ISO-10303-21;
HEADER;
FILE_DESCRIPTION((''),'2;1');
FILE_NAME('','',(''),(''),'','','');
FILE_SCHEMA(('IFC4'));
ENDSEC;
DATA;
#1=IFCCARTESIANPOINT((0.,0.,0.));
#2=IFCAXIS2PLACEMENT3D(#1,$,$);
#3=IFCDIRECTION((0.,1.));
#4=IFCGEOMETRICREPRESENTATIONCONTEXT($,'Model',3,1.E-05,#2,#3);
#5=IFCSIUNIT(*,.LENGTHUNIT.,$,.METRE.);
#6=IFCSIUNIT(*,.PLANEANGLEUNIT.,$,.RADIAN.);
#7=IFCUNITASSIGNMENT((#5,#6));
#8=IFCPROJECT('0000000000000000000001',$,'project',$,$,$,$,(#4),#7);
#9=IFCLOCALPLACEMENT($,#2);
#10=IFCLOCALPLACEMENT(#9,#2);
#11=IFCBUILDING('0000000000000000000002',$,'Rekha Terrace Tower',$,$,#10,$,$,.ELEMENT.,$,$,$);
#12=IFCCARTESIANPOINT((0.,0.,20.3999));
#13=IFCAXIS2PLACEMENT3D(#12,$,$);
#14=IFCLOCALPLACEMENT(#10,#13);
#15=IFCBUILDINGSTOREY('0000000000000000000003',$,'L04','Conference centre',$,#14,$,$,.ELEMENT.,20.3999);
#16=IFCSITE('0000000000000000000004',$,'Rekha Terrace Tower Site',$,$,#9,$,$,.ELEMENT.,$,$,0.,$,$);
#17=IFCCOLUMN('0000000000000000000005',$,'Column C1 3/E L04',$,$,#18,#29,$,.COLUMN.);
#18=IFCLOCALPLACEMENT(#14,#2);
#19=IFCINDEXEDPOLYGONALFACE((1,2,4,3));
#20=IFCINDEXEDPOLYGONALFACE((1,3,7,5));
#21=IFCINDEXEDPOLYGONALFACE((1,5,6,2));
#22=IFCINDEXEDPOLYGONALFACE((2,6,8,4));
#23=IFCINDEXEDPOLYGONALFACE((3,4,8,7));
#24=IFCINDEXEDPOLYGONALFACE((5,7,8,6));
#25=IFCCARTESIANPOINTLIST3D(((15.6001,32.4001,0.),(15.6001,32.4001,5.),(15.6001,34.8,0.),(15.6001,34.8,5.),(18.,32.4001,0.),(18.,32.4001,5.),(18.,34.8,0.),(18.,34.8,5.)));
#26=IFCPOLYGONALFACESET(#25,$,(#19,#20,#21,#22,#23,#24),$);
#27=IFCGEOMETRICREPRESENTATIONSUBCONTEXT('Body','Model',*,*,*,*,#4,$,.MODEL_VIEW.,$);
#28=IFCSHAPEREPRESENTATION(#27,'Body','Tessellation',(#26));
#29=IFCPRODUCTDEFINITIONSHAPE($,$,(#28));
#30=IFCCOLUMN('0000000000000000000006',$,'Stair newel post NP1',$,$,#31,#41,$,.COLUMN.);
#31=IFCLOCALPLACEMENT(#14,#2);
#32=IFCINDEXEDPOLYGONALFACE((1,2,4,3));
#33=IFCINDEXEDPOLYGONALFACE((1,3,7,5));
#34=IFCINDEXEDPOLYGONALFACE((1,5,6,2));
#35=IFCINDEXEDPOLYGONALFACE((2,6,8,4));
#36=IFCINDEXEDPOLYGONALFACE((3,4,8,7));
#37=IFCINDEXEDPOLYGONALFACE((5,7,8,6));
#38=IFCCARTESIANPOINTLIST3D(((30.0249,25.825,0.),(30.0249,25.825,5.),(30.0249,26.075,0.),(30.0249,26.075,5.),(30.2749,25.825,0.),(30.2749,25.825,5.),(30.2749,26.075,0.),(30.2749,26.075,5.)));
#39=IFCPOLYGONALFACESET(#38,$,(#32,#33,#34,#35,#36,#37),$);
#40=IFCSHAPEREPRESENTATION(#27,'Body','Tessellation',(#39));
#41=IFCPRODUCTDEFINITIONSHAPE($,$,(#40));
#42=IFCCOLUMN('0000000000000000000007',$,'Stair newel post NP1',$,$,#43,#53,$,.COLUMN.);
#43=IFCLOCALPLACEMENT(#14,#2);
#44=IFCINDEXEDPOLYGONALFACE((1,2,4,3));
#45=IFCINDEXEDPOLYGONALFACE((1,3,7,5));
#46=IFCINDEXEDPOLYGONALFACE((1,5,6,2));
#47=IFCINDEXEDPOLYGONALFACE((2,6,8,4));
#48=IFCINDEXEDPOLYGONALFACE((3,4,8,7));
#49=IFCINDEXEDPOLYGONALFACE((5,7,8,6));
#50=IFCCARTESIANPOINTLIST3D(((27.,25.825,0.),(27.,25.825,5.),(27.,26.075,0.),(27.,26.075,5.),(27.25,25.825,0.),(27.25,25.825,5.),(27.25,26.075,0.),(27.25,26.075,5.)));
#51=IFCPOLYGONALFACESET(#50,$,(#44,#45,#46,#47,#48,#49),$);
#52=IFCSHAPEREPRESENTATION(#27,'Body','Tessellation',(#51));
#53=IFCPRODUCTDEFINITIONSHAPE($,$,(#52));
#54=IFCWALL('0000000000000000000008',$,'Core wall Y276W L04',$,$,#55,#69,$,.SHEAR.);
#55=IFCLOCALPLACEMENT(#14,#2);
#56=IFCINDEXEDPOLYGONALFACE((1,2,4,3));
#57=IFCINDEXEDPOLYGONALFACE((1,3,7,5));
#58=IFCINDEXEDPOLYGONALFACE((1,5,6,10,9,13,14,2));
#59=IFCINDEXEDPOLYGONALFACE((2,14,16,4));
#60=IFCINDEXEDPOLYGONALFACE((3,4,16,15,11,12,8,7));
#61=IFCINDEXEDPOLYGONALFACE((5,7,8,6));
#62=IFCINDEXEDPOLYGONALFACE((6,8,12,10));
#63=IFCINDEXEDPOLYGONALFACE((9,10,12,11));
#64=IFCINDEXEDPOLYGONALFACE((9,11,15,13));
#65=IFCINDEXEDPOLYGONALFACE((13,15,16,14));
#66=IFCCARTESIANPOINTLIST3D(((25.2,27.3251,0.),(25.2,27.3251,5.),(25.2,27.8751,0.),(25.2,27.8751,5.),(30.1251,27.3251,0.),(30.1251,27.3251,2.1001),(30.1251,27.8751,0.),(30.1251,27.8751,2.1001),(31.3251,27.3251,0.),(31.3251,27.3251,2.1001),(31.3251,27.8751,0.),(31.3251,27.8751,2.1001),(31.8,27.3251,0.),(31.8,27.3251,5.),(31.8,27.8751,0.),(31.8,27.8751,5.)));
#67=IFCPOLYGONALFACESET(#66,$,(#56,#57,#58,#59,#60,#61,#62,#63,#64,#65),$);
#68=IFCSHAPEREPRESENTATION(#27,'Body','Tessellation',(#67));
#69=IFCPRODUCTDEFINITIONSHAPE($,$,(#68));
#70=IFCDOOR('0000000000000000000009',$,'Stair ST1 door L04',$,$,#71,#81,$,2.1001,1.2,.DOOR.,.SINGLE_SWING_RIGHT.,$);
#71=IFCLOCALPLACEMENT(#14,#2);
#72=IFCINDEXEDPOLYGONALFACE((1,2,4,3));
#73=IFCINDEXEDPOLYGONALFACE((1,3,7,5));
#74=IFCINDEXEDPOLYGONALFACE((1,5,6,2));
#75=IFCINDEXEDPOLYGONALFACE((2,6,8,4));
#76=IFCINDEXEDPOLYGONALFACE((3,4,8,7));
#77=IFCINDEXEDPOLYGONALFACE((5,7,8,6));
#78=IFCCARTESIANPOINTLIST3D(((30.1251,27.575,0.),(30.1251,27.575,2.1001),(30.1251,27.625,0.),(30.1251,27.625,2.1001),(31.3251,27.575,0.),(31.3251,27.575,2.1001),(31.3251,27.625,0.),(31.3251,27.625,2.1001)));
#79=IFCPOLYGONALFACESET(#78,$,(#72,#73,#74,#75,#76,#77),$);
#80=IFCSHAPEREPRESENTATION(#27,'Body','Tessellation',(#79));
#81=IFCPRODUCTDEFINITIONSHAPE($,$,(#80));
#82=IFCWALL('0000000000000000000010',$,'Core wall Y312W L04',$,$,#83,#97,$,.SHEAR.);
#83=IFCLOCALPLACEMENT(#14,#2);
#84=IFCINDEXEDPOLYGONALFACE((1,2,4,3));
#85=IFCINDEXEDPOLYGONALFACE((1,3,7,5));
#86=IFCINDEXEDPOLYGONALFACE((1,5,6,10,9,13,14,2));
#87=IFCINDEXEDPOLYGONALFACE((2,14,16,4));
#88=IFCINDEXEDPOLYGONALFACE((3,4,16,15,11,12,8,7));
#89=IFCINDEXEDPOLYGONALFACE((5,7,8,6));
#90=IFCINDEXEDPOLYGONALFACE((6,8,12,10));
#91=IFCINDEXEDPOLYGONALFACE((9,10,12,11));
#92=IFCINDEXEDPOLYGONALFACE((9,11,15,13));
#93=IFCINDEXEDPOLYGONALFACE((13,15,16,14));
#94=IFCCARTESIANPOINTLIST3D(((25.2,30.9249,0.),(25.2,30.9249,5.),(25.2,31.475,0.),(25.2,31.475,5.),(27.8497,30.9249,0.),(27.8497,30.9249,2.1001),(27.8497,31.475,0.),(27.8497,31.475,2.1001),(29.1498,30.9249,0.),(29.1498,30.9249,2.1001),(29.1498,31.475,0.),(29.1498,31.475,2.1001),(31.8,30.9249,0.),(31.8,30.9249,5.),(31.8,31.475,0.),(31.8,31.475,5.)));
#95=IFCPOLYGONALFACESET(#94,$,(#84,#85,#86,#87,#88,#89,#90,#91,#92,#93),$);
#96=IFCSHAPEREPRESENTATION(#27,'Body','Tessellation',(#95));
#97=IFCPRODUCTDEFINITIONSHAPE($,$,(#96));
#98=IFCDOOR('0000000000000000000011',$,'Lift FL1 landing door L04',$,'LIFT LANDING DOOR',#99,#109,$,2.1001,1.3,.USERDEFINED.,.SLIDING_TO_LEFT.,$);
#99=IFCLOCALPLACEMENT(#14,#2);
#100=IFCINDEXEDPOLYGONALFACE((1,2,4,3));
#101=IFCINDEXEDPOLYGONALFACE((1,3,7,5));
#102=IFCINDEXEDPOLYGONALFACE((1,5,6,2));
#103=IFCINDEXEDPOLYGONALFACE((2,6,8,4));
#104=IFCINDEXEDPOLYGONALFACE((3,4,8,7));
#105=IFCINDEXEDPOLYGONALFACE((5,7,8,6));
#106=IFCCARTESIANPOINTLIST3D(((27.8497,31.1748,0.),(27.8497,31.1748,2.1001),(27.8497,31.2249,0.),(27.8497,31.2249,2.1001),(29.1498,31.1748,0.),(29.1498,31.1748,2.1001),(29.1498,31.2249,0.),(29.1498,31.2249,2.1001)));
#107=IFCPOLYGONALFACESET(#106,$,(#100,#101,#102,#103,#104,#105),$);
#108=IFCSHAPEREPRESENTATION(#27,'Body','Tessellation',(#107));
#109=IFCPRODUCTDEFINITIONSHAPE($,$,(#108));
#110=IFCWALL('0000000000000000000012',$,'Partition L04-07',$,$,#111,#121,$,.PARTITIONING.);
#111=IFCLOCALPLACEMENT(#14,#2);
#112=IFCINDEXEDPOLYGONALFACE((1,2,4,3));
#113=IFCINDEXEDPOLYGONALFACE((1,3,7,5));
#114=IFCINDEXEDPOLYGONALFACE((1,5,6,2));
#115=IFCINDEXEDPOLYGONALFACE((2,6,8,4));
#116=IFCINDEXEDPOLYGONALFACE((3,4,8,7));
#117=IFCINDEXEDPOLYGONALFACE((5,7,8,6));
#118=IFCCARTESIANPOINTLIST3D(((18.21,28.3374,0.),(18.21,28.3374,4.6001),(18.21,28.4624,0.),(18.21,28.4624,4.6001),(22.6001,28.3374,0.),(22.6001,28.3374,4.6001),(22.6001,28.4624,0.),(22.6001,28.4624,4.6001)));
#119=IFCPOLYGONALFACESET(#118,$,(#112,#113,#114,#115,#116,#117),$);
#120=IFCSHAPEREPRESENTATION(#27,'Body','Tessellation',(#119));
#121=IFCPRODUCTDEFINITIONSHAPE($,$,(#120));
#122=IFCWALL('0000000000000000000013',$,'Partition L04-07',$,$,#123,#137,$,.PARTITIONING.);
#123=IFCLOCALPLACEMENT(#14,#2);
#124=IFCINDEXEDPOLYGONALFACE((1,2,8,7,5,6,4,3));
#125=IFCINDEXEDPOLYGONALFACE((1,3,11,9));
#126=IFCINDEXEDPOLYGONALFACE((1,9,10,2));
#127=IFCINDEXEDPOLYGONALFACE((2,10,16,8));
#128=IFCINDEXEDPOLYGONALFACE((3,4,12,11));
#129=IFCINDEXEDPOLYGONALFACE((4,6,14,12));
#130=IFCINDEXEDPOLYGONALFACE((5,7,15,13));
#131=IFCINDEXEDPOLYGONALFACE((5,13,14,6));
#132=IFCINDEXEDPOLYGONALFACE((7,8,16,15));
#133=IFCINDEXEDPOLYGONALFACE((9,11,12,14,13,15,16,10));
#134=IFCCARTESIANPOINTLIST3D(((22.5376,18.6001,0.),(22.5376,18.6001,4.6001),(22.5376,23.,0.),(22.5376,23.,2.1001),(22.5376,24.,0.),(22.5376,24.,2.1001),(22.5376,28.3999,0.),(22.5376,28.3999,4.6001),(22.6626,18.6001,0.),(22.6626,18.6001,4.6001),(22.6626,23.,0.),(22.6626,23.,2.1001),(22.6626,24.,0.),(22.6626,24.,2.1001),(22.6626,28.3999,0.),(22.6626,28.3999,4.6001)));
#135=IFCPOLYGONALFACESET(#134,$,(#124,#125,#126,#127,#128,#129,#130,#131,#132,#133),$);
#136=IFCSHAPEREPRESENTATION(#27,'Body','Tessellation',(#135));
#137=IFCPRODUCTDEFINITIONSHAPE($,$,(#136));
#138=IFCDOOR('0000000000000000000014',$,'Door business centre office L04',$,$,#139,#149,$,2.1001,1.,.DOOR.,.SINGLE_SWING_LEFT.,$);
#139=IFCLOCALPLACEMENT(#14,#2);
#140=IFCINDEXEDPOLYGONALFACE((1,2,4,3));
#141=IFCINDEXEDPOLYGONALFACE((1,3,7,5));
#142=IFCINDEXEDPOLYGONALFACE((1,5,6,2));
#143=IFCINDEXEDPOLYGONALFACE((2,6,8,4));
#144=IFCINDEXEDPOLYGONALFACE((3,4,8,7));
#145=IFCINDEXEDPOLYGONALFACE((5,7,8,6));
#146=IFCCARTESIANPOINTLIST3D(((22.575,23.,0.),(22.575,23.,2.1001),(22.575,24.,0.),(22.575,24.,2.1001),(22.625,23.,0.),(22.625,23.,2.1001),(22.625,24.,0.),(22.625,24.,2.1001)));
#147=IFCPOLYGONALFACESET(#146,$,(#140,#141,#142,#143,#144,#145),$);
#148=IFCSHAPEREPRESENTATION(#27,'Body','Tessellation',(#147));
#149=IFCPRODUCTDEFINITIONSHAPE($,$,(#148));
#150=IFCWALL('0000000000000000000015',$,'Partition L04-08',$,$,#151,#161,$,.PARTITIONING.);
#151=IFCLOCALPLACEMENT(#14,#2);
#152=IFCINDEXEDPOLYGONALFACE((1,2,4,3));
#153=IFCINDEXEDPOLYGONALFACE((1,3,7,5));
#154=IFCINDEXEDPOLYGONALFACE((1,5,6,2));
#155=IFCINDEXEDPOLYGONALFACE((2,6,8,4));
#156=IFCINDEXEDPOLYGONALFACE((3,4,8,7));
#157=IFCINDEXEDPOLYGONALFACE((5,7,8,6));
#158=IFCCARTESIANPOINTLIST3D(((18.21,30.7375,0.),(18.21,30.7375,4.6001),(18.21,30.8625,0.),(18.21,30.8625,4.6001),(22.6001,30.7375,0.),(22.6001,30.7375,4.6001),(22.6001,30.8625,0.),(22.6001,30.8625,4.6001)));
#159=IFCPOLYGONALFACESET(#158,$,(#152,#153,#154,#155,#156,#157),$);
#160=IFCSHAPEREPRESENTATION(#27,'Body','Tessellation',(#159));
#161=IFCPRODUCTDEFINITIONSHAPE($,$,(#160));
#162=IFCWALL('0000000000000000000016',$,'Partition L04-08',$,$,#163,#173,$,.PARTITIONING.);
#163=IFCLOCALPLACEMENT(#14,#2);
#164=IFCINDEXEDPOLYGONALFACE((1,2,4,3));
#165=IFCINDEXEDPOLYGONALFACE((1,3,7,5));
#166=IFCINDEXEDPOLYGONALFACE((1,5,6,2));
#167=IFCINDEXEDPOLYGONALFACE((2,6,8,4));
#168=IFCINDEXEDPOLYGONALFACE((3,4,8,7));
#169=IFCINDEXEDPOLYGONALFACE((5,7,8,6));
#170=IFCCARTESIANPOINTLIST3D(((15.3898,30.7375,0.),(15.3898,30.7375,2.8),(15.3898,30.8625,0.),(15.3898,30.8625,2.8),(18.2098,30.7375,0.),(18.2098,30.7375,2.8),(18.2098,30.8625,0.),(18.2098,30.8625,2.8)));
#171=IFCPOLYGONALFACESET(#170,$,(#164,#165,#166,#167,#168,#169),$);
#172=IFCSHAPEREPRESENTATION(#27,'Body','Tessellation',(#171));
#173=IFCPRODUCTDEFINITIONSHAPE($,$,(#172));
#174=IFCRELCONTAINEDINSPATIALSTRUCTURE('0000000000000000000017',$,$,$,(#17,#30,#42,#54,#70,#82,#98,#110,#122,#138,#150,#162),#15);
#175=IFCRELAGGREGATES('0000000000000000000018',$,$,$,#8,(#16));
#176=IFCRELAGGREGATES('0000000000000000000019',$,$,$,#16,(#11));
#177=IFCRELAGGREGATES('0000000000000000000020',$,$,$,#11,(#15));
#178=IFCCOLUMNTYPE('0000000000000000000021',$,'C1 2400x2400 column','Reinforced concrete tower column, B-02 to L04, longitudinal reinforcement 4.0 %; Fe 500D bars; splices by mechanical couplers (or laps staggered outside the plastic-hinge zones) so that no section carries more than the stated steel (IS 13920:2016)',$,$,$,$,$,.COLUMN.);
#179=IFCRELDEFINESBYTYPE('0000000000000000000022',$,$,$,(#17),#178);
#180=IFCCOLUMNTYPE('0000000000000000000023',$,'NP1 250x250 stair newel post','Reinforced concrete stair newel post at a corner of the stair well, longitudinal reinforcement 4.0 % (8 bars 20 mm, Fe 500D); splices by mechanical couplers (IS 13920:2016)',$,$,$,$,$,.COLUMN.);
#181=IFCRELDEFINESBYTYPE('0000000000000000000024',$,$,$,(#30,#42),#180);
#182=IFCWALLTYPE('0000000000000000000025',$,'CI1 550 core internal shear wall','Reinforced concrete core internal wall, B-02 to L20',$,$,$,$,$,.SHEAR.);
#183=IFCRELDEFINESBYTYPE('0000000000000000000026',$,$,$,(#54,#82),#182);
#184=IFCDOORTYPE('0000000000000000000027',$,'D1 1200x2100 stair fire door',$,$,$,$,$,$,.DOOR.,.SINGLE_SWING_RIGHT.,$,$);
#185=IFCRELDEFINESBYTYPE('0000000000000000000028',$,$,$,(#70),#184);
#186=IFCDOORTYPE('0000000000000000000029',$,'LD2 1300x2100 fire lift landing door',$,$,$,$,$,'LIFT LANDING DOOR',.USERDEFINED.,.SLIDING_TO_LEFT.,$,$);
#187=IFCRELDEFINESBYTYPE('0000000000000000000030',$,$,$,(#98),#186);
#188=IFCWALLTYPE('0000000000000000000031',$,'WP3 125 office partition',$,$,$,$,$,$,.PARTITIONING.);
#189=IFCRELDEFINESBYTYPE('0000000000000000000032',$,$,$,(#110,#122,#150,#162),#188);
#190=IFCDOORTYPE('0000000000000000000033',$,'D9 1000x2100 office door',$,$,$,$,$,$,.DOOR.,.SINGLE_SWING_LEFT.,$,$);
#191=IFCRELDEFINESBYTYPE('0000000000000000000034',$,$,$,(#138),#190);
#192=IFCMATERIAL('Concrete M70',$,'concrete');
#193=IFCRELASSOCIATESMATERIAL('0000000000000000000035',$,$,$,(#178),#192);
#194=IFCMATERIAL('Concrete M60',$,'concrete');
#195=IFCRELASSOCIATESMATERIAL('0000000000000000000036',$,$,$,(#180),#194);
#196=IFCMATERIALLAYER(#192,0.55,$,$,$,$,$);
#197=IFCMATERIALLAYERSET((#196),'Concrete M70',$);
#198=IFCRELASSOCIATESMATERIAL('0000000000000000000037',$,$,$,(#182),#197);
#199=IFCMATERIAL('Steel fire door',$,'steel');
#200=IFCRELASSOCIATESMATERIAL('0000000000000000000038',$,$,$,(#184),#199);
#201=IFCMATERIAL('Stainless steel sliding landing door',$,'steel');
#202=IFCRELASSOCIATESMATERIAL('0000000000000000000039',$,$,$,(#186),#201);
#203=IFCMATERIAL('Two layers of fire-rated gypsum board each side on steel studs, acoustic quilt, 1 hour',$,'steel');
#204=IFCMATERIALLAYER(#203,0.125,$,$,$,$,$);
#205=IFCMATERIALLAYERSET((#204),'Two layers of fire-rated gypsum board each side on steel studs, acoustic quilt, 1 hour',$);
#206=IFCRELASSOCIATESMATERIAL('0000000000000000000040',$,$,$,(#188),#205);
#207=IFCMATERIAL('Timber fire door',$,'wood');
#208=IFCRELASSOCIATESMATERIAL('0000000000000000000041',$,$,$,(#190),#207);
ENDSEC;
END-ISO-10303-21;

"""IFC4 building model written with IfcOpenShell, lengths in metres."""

from ifc_helpers import new_model, si_unit, direction, frame, frame_2d, origin, origin_2d, place, context, subcontext, project, spatial, rectangle, extrude, material, layer, layer_set, material_profile, profile_set, type_object, element, fill, save


model = new_model("IFC4")

# Units and contexts
model_context = context("Model", 3, precision=1e-05, world=origin(), true_north=direction((0.0, 1.0)))
body_context = subcontext(model_context, "Body", "Model", "MODEL_VIEW")
ifc_project = project(units=[si_unit("LENGTHUNIT", "METRE"), si_unit("PLANEANGLEUNIT", "RADIAN")], contexts=[model_context])

# Site, building, storey
site_placement = place(None, origin())
site = spatial("IfcSite", under=ifc_project, at=site_placement, Name="Rekha Terrace Tower Site", CompositionType="ELEMENT", RefElevation=0.0)
building_placement = place(site_placement, origin())
building = spatial("IfcBuilding", under=site, at=building_placement, Name="Rekha Terrace Tower", CompositionType="ELEMENT")
storey_placement = place(building_placement, frame((0.0, 0.0, 20.3999)))
storey = spatial("IfcBuildingStorey", under=building, at=storey_placement, Name="L04", Description="Conference centre", CompositionType="ELEMENT", Elevation=20.3999)

# Columns
ifc_material_1 = material(Name="Concrete M70", Category="concrete")
ifc_material_profile_1 = material_profile(ifc_material_1, rectangle(XDim=2.3999, YDim=2.3999, at=origin_2d()), Name="RC 2400x2400")
ifc_profile_set_1 = profile_set([ifc_material_profile_1], Name="Concrete M70")
column_type_1 = type_object("IfcColumnType", Name="C1 2400x2400 column", Description="Reinforced concrete tower column, B-02 to L04, longitudinal reinforcement 4.0 %; Fe 500D bars; splices by mechanical couplers (or laps staggered outside the plastic-hinge zones) so that no section carries more than the stated steel (IS 13920:2016)", PredefinedType="COLUMN", material=ifc_profile_set_1)
column_placement = place(storey_placement, frame((16.8, 33.6001, 0.0), z_axis=(0.0, 0.0, 1.0), x_axis=(1.0, 0.0, 0.0)))
element("IfcColumn", 1, at=column_placement, inside=storey, type_object=column_type_1, Name="Column C1 3/E L04", PredefinedType="COLUMN", context=body_context, shape_type="SweptSolid", body=[
    extrude(rectangle(XDim=2.3999, YDim=2.3999, at=origin_2d()), origin(), (0.0, 0.0, 1.0), 5.0),
])
ifc_material_2 = material(Name="Concrete M60", Category="concrete")
ifc_material_profile_2 = material_profile(ifc_material_2, rectangle(XDim=0.25, YDim=0.25, at=origin_2d()), Name="RC 250x250")
ifc_profile_set_2 = profile_set([ifc_material_profile_2], Name="Concrete M60")
column_type_2 = type_object("IfcColumnType", Name="NP1 250x250 stair newel post", Description="Reinforced concrete stair newel post at a corner of the stair well, longitudinal reinforcement 4.0 % (8 bars 20 mm, Fe 500D); splices by mechanical couplers (IS 13920:2016)", PredefinedType="COLUMN", material=ifc_profile_set_2)
for number, where, z_axis, x_axis, name in (
    (2, (30.1499, 25.95, 0.0), (0.0, 0.0, 1.0), (1.0, 0.0, 0.0), "Stair newel post NP1"),
    (3, (27.125, 25.95, 0.0), (0.0, 0.0, 1.0), (1.0, 0.0, 0.0), "Stair newel post NP1"),
):
    element("IfcColumn", number, at=place(storey_placement, frame(where, z_axis=z_axis, x_axis=x_axis)), inside=storey, type_object=column_type_2, Name=name, PredefinedType="COLUMN", context=body_context, shape_type="SweptSolid", body=[
        extrude(rectangle(XDim=0.25, YDim=0.25, at=origin_2d()), origin(), (0.0, 0.0, 1.0), 5.0),
    ])

# Walls, openings, doors
ifc_layer_1 = layer(ifc_material_1, 0.55)
ifc_layer_set_1 = layer_set([ifc_layer_1], Name="Concrete M70")
wall_type_1 = type_object("IfcWallType", Name="CI1 550 core internal shear wall", Description="Reinforced concrete core internal wall, B-02 to L20", PredefinedType="SHEAR", material=ifc_layer_set_1)
wall_1_placement = place(storey_placement, frame((25.2, 27.6001, 0.0), z_axis=(0.0, 0.0, 1.0), x_axis=(1.0, 0.0, 0.0)))
wall_1 = element("IfcWall", 4, at=wall_1_placement, inside=storey, type_object=wall_type_1, Name="Core wall Y276W L04", PredefinedType="SHEAR", context=body_context, shape_type="SweptSolid", body=[
    extrude(rectangle(XDim=6.6001, YDim=0.55, at=frame_2d((3.3, 0.0))), origin(), (0.0, 0.0, 1.0), 5.0),
])
opening_1_placement = place(wall_1_placement, frame((4.925, 0.0, 0.0)))
opening_1 = element("IfcOpeningElement", 5, at=opening_1_placement, cuts=wall_1, PredefinedType="OPENING", context=body_context, shape_type="SweptSolid", body=[
    extrude(rectangle(XDim=1.2, YDim=2.1001, at=frame_2d((0.6001, 1.05))), frame((0.0, 0.2849, 0.0), z_axis=(0.0, -1.0, 0.0), x_axis=(1.0, 0.0, 0.0)), (0.0, 0.0, 1.0), 0.5701),
])
ifc_material_3 = material(Name="Steel fire door", Category="steel")
door_type_1 = type_object("IfcDoorType", Name="D1 1200x2100 stair fire door", OperationType="SINGLE_SWING_RIGHT", PredefinedType="DOOR", material=ifc_material_3)
door_1_placement = place(opening_1_placement, origin())
door_1 = element("IfcDoor", 6, at=door_1_placement, inside=storey, type_object=door_type_1, Name="Stair ST1 door L04", OperationType="SINGLE_SWING_RIGHT", OverallHeight=2.1001, OverallWidth=1.2, PredefinedType="DOOR", context=body_context, shape_type="SweptSolid", body=[
    extrude(rectangle(XDim=1.2, YDim=2.1001, at=frame_2d((0.6001, 1.05))), frame((0.0, 0.0249, 0.0), z_axis=(0.0, -1.0, 0.0), x_axis=(1.0, 0.0, 0.0)), (0.0, 0.0, 1.0), 0.05),
])
fill(opening_1, door_1)
wall_2_placement = place(storey_placement, frame((25.2, 31.2, 0.0), z_axis=(0.0, 0.0, 1.0), x_axis=(1.0, 0.0, 0.0)))
wall_2 = element("IfcWall", 7, at=wall_2_placement, inside=storey, type_object=wall_type_1, Name="Core wall Y312W L04", PredefinedType="SHEAR", context=body_context, shape_type="SweptSolid", body=[
    extrude(rectangle(XDim=6.6001, YDim=0.55, at=frame_2d((3.3, 0.0))), origin(), (0.0, 0.0, 1.0), 5.0),
])
opening_2_placement = place(wall_2_placement, frame((2.6499, 0.0, 0.0)))
opening_2 = element("IfcOpeningElement", 8, at=opening_2_placement, cuts=wall_2, PredefinedType="OPENING", context=body_context, shape_type="SweptSolid", body=[
    extrude(rectangle(XDim=1.3, YDim=2.1001, at=frame_2d((0.6499, 1.05))), frame((0.0, 0.2849, 0.0), z_axis=(0.0, -1.0, 0.0), x_axis=(1.0, 0.0, 0.0)), (0.0, 0.0, 1.0), 0.5701),
])
ifc_material_4 = material(Name="Stainless steel sliding landing door", Category="steel")
door_type_2 = type_object("IfcDoorType", Name="LD2 1300x2100 fire lift landing door", ElementType="LIFT LANDING DOOR", OperationType="SLIDING_TO_LEFT", PredefinedType="USERDEFINED", material=ifc_material_4)
door_2_placement = place(opening_2_placement, origin())
door_2 = element("IfcDoor", 9, at=door_2_placement, inside=storey, type_object=door_type_2, Name="Lift FL1 landing door L04", ObjectType="LIFT LANDING DOOR", OperationType="SLIDING_TO_LEFT", OverallHeight=2.1001, OverallWidth=1.3, PredefinedType="USERDEFINED", context=body_context, shape_type="SweptSolid", body=[
    extrude(rectangle(XDim=1.3, YDim=2.1001, at=frame_2d((0.6499, 1.05))), frame((0.0, 0.0249, 0.0), z_axis=(0.0, -1.0, 0.0), x_axis=(1.0, 0.0, 0.0)), (0.0, 0.0, 1.0), 0.05),
])
fill(opening_2, door_2)

# Wall
ifc_material_5 = material(Name="Two layers of fire-rated gypsum board each side on steel studs, acoustic quilt, 1 hour", Category="steel")
ifc_layer_2 = layer(ifc_material_5, 0.125)
ifc_layer_set_2 = layer_set([ifc_layer_2], Name="Two layers of fire-rated gypsum board each side on steel studs, acoustic quilt, 1 hour")
wall_type_2 = type_object("IfcWallType", Name="WP3 125 office partition", PredefinedType="PARTITIONING", material=ifc_layer_set_2)
wall_3_placement = place(storey_placement, frame((18.21, 28.3999, 0.0), z_axis=(0.0, 0.0, 1.0), x_axis=(1.0, 0.0, 0.0)))
element("IfcWall", 10, at=wall_3_placement, inside=storey, type_object=wall_type_2, Name="Partition L04-07", PredefinedType="PARTITIONING", context=body_context, shape_type="SweptSolid", body=[
    extrude(rectangle(XDim=4.3901, YDim=0.125, at=frame_2d((2.1951, 0.0))), origin(), (0.0, 0.0, 1.0), 4.6001),
])

# Wall, opening, door
wall_4_placement = place(storey_placement, frame((22.6001, 28.3999, 0.0), z_axis=(0.0, 0.0, 1.0), x_axis=(0.0, -1.0, 0.0)))
wall_4 = element("IfcWall", 11, at=wall_4_placement, inside=storey, type_object=wall_type_2, Name="Partition L04-07", PredefinedType="PARTITIONING", context=body_context, shape_type="SweptSolid", body=[
    extrude(rectangle(XDim=9.7998, YDim=0.125, at=frame_2d((4.8999, 0.0))), origin(), (0.0, 0.0, 1.0), 4.6001),
])
opening_3_placement = place(wall_4_placement, frame((4.3999, 0.0, 0.0)))
opening_3 = element("IfcOpeningElement", 12, at=opening_3_placement, cuts=wall_4, PredefinedType="OPENING", context=body_context, shape_type="SweptSolid", body=[
    extrude(rectangle(XDim=1.0, YDim=2.1001, at=frame_2d((0.5, 1.05))), frame((0.0, 0.0725, 0.0), z_axis=(0.0, -1.0, 0.0), x_axis=(1.0, 0.0, 0.0)), (0.0, 0.0, 1.0), 0.145),
])
ifc_material_6 = material(Name="Timber fire door", Category="wood")
door_type_3 = type_object("IfcDoorType", Name="D9 1000x2100 office door", OperationType="SINGLE_SWING_LEFT", PredefinedType="DOOR", material=ifc_material_6)
door_3_placement = place(opening_3_placement, origin())
door_3 = element("IfcDoor", 13, at=door_3_placement, inside=storey, type_object=door_type_3, Name="Door business centre office L04", OperationType="SINGLE_SWING_LEFT", OverallHeight=2.1001, OverallWidth=1.0, PredefinedType="DOOR", context=body_context, shape_type="SweptSolid", body=[
    extrude(rectangle(XDim=1.0, YDim=2.1001, at=frame_2d((0.5, 1.05))), frame((0.0, 0.0249, 0.0), z_axis=(0.0, -1.0, 0.0), x_axis=(1.0, 0.0, 0.0)), (0.0, 0.0, 1.0), 0.05),
])
fill(opening_3, door_3)

# Walls
wall_5_placement = place(storey_placement, frame((22.6001, 30.8, 0.0), z_axis=(0.0, 0.0, 1.0), x_axis=(-1.0, 0.0, 0.0)))
element("IfcWall", 14, at=wall_5_placement, inside=storey, type_object=wall_type_2, Name="Partition L04-08", PredefinedType="PARTITIONING", context=body_context, shape_type="SweptSolid", body=[
    extrude(rectangle(XDim=4.3901, YDim=0.125, at=frame_2d((2.1951, 0.0))), origin(), (0.0, 0.0, 1.0), 4.6001),
])
wall_6_placement = place(storey_placement, frame((18.21, 30.8, 0.0), z_axis=(0.0, 0.0, 1.0), x_axis=(-1.0, 0.0, 0.0)))
element("IfcWall", 15, at=wall_6_placement, inside=storey, type_object=wall_type_2, Name="Partition L04-08", PredefinedType="PARTITIONING", context=body_context, shape_type="SweptSolid", body=[
    extrude(rectangle(XDim=2.8201, YDim=0.125, at=frame_2d((1.4102, 0.0))), origin(), (0.0, 0.0, 1.0), 2.8),
])

save(model, "model.ifc")
